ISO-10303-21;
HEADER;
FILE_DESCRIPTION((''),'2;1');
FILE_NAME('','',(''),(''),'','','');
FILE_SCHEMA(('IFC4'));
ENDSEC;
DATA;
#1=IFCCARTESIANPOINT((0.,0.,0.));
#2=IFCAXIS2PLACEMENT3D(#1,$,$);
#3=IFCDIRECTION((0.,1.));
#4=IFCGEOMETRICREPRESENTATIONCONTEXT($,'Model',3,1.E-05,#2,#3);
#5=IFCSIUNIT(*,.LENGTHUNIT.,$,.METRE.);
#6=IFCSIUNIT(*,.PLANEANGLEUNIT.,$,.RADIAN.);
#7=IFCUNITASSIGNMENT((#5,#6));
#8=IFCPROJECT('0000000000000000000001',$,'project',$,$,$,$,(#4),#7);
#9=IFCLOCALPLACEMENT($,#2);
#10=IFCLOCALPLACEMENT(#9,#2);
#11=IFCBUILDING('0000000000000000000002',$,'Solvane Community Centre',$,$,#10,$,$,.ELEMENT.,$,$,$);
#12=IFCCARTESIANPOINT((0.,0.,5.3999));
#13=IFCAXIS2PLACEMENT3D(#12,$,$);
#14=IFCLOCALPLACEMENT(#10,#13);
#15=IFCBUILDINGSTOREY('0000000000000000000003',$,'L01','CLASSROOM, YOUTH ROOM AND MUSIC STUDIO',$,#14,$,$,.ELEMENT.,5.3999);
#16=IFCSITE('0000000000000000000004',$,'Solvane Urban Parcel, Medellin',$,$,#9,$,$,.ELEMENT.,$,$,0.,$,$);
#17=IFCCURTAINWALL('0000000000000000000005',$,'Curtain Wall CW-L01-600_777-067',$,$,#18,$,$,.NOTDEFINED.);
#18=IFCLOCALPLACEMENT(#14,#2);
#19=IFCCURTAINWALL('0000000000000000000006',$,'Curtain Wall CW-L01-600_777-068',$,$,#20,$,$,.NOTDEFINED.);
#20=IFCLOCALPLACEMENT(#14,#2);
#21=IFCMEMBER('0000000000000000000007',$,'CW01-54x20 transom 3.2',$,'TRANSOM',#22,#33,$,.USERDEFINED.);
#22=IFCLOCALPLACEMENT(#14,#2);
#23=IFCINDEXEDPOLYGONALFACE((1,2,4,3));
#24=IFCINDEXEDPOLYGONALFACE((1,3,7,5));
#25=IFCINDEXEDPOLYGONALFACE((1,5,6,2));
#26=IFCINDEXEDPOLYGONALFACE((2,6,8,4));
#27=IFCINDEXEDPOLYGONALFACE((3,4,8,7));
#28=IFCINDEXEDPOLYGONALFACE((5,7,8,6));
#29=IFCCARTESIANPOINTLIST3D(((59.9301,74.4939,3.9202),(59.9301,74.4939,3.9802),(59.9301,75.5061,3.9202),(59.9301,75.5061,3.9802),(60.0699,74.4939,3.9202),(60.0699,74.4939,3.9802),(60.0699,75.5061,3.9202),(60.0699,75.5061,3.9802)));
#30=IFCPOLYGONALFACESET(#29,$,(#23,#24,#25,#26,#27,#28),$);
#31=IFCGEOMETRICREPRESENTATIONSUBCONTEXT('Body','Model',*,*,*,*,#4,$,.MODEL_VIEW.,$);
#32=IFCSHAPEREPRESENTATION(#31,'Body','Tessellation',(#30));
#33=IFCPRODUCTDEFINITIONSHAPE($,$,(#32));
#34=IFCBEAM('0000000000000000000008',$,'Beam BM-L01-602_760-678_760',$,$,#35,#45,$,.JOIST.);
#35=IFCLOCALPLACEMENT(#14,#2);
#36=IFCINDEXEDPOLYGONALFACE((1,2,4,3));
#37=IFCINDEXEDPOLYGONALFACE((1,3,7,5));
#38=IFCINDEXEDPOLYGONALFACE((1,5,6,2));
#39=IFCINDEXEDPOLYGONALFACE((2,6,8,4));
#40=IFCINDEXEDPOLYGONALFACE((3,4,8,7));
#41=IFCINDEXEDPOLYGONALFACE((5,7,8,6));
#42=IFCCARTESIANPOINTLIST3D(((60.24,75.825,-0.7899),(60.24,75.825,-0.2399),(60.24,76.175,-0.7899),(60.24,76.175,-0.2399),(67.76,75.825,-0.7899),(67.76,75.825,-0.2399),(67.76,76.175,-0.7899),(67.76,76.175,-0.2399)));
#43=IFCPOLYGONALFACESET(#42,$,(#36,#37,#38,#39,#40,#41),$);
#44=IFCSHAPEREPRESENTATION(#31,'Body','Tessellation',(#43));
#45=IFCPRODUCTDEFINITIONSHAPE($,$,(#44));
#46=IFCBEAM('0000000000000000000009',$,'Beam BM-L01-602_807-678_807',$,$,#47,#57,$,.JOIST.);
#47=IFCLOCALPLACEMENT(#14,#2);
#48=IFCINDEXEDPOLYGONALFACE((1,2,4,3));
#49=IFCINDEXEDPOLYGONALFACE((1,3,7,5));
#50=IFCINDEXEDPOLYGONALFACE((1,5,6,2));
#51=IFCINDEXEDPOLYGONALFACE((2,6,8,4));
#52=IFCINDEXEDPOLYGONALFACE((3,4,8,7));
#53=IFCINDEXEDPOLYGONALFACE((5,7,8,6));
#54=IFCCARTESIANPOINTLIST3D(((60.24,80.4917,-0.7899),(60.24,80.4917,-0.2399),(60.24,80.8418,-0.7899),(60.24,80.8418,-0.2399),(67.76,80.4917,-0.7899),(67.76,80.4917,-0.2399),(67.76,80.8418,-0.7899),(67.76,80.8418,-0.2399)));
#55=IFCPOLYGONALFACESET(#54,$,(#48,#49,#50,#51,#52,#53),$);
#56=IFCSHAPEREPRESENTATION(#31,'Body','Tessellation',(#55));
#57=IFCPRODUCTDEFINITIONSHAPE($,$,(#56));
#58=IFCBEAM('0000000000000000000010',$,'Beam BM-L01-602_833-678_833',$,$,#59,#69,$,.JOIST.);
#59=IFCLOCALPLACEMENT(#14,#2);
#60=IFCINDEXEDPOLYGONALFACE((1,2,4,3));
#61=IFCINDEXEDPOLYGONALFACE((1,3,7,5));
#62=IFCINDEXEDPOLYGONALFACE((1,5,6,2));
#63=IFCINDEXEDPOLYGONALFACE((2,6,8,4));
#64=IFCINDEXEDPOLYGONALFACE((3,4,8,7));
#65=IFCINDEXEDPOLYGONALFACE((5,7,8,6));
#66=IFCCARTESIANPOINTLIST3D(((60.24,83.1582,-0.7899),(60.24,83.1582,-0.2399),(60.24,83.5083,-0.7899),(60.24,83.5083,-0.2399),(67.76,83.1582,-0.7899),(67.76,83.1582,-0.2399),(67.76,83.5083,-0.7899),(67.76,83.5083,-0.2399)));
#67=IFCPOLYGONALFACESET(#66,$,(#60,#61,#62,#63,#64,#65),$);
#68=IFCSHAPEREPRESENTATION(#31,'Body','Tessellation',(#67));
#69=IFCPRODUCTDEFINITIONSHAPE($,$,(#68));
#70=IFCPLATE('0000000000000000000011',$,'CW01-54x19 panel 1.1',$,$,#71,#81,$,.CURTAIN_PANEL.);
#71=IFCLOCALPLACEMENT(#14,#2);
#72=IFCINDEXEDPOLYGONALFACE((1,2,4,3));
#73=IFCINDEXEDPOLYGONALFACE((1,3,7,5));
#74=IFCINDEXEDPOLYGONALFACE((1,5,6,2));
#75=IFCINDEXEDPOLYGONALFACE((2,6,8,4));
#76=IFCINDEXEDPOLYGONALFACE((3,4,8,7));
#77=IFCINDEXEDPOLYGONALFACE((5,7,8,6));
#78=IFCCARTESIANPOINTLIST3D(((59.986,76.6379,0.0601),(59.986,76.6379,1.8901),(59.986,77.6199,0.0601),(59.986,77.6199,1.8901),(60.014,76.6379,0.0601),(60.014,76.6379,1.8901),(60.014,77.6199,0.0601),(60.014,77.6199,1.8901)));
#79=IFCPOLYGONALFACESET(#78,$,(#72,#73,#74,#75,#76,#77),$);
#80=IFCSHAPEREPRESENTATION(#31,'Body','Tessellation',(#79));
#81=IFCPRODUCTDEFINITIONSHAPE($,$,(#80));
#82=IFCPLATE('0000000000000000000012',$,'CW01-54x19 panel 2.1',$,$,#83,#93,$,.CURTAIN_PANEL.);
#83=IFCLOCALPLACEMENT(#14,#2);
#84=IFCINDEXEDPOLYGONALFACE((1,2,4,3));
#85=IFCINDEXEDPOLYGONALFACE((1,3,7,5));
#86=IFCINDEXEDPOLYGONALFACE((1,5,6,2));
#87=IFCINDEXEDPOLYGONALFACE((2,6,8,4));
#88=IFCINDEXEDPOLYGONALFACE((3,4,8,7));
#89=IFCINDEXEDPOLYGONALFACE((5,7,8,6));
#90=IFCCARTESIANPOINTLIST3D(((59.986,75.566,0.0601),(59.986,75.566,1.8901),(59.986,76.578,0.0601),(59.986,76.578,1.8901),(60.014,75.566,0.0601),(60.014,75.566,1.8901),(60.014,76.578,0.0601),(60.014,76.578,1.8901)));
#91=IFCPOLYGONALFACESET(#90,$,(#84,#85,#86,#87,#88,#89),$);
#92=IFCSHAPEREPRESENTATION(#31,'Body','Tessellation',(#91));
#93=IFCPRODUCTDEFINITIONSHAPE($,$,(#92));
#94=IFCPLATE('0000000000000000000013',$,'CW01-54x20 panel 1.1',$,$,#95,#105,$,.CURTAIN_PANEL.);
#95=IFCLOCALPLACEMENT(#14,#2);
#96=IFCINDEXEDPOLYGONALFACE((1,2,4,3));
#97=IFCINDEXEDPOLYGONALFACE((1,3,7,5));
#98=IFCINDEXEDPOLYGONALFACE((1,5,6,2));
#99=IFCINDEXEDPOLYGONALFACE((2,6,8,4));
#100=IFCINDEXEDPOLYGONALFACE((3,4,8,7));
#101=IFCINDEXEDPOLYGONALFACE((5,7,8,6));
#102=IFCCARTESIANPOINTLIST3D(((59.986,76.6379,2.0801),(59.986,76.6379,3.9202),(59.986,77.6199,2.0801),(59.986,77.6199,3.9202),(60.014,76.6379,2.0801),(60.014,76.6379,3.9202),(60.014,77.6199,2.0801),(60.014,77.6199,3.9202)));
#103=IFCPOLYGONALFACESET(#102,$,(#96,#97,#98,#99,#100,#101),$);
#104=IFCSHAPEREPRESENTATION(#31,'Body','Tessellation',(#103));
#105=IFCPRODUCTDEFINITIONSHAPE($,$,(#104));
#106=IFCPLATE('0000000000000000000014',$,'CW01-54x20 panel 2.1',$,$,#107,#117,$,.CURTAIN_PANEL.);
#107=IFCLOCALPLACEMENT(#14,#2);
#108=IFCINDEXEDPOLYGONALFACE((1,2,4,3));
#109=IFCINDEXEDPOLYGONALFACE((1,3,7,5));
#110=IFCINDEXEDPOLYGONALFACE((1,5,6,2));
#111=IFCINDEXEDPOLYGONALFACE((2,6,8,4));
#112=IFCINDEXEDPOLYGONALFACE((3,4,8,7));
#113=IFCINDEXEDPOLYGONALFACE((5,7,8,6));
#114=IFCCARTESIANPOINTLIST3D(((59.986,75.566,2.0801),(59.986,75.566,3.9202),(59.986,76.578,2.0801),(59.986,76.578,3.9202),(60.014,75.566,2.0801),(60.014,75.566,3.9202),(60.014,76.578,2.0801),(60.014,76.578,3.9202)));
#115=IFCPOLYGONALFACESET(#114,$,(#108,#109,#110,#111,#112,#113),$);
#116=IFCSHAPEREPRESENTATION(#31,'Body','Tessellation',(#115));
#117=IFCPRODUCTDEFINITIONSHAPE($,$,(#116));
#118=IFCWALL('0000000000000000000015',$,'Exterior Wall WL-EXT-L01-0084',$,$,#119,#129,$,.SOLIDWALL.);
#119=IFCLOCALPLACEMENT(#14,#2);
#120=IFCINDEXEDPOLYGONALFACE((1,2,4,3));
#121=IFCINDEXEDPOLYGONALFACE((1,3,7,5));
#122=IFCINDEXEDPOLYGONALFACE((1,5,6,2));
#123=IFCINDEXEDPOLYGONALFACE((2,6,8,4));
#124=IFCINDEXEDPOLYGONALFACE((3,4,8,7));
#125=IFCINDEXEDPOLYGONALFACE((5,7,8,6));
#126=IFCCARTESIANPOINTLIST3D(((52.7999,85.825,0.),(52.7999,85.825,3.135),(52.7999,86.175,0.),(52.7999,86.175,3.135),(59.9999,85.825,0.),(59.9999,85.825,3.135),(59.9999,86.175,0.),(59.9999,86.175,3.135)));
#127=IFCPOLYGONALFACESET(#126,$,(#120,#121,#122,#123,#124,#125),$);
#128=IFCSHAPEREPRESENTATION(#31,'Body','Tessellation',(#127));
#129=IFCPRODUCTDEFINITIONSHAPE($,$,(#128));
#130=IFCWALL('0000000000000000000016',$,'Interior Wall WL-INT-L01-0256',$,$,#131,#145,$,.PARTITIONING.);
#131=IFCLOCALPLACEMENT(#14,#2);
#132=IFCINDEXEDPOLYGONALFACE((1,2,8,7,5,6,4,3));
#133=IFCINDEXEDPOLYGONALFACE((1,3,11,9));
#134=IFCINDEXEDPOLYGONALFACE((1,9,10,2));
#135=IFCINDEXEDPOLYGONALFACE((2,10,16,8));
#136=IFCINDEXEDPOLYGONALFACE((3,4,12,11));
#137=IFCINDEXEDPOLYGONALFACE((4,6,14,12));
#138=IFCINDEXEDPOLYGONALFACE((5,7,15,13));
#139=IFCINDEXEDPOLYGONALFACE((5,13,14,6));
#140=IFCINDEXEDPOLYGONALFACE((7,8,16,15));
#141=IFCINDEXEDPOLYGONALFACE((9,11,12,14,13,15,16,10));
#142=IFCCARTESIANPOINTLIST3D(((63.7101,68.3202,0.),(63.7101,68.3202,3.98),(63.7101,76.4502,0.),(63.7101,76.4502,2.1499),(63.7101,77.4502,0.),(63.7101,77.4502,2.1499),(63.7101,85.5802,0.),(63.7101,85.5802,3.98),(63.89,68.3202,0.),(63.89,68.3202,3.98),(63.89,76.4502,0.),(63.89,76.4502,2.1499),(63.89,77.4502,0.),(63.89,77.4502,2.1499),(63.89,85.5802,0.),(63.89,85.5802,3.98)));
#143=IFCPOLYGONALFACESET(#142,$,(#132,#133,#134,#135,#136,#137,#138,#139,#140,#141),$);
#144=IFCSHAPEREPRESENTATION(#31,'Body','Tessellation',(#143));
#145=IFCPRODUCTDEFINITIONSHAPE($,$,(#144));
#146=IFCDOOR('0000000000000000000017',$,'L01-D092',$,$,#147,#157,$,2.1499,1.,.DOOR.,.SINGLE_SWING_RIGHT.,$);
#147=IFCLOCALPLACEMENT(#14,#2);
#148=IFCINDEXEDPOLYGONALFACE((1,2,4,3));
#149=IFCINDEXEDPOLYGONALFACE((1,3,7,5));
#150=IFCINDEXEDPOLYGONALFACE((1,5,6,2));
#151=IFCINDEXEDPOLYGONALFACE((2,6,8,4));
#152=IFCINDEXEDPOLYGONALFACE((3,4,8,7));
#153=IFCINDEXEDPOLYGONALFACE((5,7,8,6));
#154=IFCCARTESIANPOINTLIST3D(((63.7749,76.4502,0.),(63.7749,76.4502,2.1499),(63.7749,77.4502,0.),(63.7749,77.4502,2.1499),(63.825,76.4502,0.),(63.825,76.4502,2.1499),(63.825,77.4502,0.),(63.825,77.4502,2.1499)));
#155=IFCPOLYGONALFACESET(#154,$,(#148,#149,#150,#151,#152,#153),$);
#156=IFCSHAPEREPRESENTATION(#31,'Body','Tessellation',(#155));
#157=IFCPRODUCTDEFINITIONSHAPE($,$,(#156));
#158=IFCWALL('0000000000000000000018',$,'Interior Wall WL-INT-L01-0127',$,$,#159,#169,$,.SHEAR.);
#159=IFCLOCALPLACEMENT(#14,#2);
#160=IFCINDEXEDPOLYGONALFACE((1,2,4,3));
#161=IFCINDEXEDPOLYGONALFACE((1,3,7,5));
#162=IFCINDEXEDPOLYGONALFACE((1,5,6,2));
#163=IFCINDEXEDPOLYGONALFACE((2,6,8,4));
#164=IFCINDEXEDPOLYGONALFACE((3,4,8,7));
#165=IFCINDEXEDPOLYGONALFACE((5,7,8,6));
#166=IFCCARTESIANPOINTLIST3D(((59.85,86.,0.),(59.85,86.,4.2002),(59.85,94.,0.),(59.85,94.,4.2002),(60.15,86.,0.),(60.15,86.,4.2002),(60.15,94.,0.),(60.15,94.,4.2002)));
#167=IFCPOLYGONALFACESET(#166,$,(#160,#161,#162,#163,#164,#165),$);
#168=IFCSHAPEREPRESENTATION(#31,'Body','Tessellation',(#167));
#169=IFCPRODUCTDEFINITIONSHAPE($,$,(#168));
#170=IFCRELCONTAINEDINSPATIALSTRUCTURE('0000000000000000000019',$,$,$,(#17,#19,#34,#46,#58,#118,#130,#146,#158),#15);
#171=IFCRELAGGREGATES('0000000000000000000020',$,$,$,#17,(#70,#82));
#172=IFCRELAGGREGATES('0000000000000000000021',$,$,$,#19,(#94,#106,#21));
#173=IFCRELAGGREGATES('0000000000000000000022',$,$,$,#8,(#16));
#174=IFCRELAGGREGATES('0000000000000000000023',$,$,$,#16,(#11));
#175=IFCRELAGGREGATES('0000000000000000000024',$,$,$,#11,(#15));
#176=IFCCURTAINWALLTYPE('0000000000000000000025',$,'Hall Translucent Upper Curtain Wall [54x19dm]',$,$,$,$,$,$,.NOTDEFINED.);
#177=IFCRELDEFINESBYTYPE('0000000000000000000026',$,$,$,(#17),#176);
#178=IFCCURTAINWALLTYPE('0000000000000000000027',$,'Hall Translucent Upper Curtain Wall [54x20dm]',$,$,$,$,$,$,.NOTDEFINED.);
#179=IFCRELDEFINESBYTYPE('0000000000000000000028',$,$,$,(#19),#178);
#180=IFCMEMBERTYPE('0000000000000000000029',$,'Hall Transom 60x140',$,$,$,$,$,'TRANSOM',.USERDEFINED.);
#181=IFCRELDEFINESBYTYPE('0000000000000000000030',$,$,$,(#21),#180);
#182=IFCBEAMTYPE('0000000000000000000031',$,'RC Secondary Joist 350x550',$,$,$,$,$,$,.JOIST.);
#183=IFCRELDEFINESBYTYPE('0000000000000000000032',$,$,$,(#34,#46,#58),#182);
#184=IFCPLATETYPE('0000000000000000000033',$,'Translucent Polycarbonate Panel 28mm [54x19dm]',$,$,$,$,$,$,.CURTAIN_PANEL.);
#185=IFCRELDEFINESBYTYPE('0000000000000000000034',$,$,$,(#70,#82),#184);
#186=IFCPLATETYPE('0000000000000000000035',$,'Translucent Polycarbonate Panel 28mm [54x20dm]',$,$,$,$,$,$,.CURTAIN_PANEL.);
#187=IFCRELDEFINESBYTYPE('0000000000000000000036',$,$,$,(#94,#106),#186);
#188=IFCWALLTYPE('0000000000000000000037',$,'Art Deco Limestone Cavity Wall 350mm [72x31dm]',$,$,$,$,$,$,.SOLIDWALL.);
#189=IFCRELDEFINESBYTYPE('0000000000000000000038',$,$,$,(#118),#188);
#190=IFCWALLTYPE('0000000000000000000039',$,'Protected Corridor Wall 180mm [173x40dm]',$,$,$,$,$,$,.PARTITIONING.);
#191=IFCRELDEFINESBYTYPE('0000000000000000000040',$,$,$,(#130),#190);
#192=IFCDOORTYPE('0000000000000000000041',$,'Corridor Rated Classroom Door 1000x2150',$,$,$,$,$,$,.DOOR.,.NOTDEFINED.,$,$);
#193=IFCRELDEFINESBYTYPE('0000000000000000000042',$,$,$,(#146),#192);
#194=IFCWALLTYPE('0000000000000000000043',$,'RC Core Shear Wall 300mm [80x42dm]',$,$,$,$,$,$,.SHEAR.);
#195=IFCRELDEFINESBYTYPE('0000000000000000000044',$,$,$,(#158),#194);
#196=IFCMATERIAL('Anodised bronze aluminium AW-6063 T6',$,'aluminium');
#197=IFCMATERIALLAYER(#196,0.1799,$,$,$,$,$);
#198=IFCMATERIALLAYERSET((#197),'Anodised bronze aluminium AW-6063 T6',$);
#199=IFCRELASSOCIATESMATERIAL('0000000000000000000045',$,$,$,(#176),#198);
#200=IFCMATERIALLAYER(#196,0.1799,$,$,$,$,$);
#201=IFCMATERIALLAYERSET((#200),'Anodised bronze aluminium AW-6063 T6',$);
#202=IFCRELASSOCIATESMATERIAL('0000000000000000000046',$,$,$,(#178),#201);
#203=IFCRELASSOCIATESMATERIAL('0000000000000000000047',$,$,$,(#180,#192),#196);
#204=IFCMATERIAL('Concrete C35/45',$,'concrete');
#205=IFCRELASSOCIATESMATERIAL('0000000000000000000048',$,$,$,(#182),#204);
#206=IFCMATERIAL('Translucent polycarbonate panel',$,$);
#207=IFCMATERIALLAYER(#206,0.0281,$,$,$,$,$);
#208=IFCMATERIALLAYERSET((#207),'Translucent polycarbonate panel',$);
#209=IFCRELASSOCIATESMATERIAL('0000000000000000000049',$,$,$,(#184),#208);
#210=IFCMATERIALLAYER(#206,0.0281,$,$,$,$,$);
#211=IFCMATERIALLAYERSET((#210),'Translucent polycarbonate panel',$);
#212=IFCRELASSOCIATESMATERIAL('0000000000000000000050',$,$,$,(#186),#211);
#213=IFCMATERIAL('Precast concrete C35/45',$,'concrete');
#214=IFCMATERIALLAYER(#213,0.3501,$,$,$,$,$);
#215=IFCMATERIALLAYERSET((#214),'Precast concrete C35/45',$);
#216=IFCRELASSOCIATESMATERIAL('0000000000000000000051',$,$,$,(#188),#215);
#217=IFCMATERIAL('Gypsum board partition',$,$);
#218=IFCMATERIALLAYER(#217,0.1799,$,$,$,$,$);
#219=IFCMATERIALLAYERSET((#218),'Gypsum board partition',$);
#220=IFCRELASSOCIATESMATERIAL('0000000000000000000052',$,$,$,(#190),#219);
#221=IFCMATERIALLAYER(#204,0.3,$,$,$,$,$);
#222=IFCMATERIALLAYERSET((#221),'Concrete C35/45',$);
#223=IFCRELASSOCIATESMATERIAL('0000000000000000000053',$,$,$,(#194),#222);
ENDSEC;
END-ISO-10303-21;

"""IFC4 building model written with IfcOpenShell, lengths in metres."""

from ifc_helpers import new_model, si_unit, direction, frame, frame_2d, origin, origin_2d, place, context, subcontext, project, spatial, rectangle, extrude, material, layer, layer_set, material_profile, profile_set, type_object, element, fill, aggregate, save


model = new_model("IFC4")

# Units and contexts
model_context = context("Model", 3, precision=1e-05, world=origin(), true_north=direction((0.0, 1.0)))
body_context = subcontext(model_context, "Body", "Model", "MODEL_VIEW")
ifc_project = project(units=[si_unit("LENGTHUNIT", "METRE"), si_unit("PLANEANGLEUNIT", "RADIAN")], contexts=[model_context])

# Site, building, storey
site_placement = place(None, origin())
site = spatial("IfcSite", under=ifc_project, at=site_placement, Name="Solvane Urban Parcel, Medellin", CompositionType="ELEMENT", RefElevation=0.0)
building_placement = place(site_placement, origin())
building = spatial("IfcBuilding", under=site, at=building_placement, Name="Solvane Community Centre", CompositionType="ELEMENT")
storey_placement = place(building_placement, frame((0.0, 0.0, 5.3999)))
storey = spatial("IfcBuildingStorey", under=building, at=storey_placement, Name="L01", Description="CLASSROOM, YOUTH ROOM AND MUSIC STUDIO", CompositionType="ELEMENT", Elevation=5.3999)

# Curtain walls
ifc_material_1 = material(Name="Anodised bronze aluminium AW-6063 T6", Category="aluminium")
ifc_layer_1 = layer(ifc_material_1, 0.1799)
ifc_layer_set_1 = layer_set([ifc_layer_1], Name="Anodised bronze aluminium AW-6063 T6")
curtain_wall_type_1 = type_object("IfcCurtainWallType", Name="Hall Translucent Upper Curtain Wall [54x19dm]", PredefinedType="NOTDEFINED", material=ifc_layer_set_1)
curtain_wall_1_placement = place(storey_placement, origin())
curtain_wall_1 = element("IfcCurtainWall", 1, at=curtain_wall_1_placement, inside=storey, type_object=curtain_wall_type_1, Name="Curtain Wall CW-L01-600_777-067", PredefinedType="NOTDEFINED")
ifc_layer_2 = layer(ifc_material_1, 0.1799)
ifc_layer_set_2 = layer_set([ifc_layer_2], Name="Anodised bronze aluminium AW-6063 T6")
curtain_wall_type_2 = type_object("IfcCurtainWallType", Name="Hall Translucent Upper Curtain Wall [54x20dm]", PredefinedType="NOTDEFINED", material=ifc_layer_set_2)
curtain_wall_2_placement = place(storey_placement, origin())
curtain_wall_2 = element("IfcCurtainWall", 2, at=curtain_wall_2_placement, inside=storey, type_object=curtain_wall_type_2, Name="Curtain Wall CW-L01-600_777-068", PredefinedType="NOTDEFINED")

# Member
ifc_material_profile_1 = material_profile(ifc_material_1, rectangle(XDim=0.1399, YDim=0.0601, at=origin_2d()), Name="CW-T 60x140")
ifc_profile_set_1 = profile_set([ifc_material_profile_1], Name="Anodised bronze aluminium AW-6063 T6")
member_type_1 = type_object("IfcMemberType", Name="Hall Transom 60x140", ElementType="TRANSOM", PredefinedType="USERDEFINED", material=ifc_profile_set_1)
member_1_placement = place(storey_placement, frame((60.0, 75.5061, 3.9502), z_axis=(0.0, -1.0, 0.0), x_axis=(1.0, 0.0, 0.0)))
member_1 = element("IfcMember", 3, at=member_1_placement, type_object=member_type_1, Name="CW01-54x20 transom 3.2", ObjectType="TRANSOM", PredefinedType="USERDEFINED", context=body_context, shape_type="SweptSolid", body=[
    extrude(rectangle(XDim=0.1399, YDim=0.0601, at=origin_2d()), origin(), (0.0, 0.0, 1.0), 1.0122),
])

# Beams
ifc_material_2 = material(Name="Concrete C35/45", Category="concrete")
ifc_material_profile_2 = material_profile(ifc_material_2, rectangle(XDim=0.3501, YDim=0.55, at=origin_2d()), Name="RC 350x550")
ifc_profile_set_2 = profile_set([ifc_material_profile_2], Name="Concrete C35/45")
beam_type = type_object("IfcBeamType", Name="RC Secondary Joist 350x550", PredefinedType="JOIST", material=ifc_profile_set_2)
for number, where, z_axis, x_axis, name in (
    (4, (60.24, 76.0, -0.5149), (1.0, 0.0, 0.0), (0.0, 1.0, 0.0), "Beam BM-L01-602_760-678_760"),
    (5, (60.24, 80.6667, -0.5149), (1.0, 0.0, 0.0), (0.0, 1.0, 0.0), "Beam BM-L01-602_807-678_807"),
    (6, (60.24, 83.3333, -0.5149), (1.0, 0.0, 0.0), (0.0, 1.0, 0.0), "Beam BM-L01-602_833-678_833"),
):
    element("IfcBeam", number, at=place(storey_placement, frame(where, z_axis=z_axis, x_axis=x_axis)), inside=storey, type_object=beam_type, Name=name, PredefinedType="JOIST", context=body_context, shape_type="SweptSolid", body=[
        extrude(rectangle(XDim=0.3501, YDim=0.55, at=origin_2d()), origin(), (0.0, 0.0, 1.0), 7.52),
    ])

# Plates
ifc_material_3 = material(Name="Translucent polycarbonate panel")
ifc_layer_3 = layer(ifc_material_3, 0.0281)
ifc_layer_set_3 = layer_set([ifc_layer_3], Name="Translucent polycarbonate panel")
plate_type_1 = type_object("IfcPlateType", Name="Translucent Polycarbonate Panel 28mm [54x19dm]", PredefinedType="CURTAIN_PANEL", material=ifc_layer_set_3)
plate_1_placement = place(storey_placement, frame((60.0, 77.1289, 0.0601), z_axis=(0.0, 0.0, 1.0), x_axis=(0.0, -1.0, 0.0)))
plate_1 = element("IfcPlate", 7, at=plate_1_placement, type_object=plate_type_1, Name="CW01-54x19 panel 1.1", PredefinedType="CURTAIN_PANEL", context=body_context, shape_type="SweptSolid", body=[
    extrude(rectangle(XDim=0.9819, YDim=0.0281, at=origin_2d()), origin(), (0.0, 0.0, 1.0), 1.8301),
])
plate_2_placement = place(storey_placement, frame((60.0, 76.072, 0.0601), z_axis=(0.0, 0.0, 1.0), x_axis=(0.0, -1.0, 0.0)))
plate_2 = element("IfcPlate", 8, at=plate_2_placement, type_object=plate_type_1, Name="CW01-54x19 panel 2.1", PredefinedType="CURTAIN_PANEL", context=body_context, shape_type="SweptSolid", body=[
    extrude(rectangle(XDim=1.012, YDim=0.0281, at=origin_2d()), origin(), (0.0, 0.0, 1.0), 1.8301),
])
aggregate(curtain_wall_1, [plate_1, plate_2])
ifc_layer_4 = layer(ifc_material_3, 0.0281)
ifc_layer_set_4 = layer_set([ifc_layer_4], Name="Translucent polycarbonate panel")
plate_type_2 = type_object("IfcPlateType", Name="Translucent Polycarbonate Panel 28mm [54x20dm]", PredefinedType="CURTAIN_PANEL", material=ifc_layer_set_4)
plate_3_placement = place(storey_placement, frame((60.0, 77.1289, 2.0801), z_axis=(0.0, 0.0, 1.0), x_axis=(0.0, -1.0, 0.0)))
plate_3 = element("IfcPlate", 9, at=plate_3_placement, type_object=plate_type_2, Name="CW01-54x20 panel 1.1", PredefinedType="CURTAIN_PANEL", context=body_context, shape_type="SweptSolid", body=[
    extrude(rectangle(XDim=0.9819, YDim=0.0281, at=origin_2d()), origin(), (0.0, 0.0, 1.0), 1.8401),
])
plate_4_placement = place(storey_placement, frame((60.0, 76.072, 2.0801), z_axis=(0.0, 0.0, 1.0), x_axis=(0.0, -1.0, 0.0)))
plate_4 = element("IfcPlate", 10, at=plate_4_placement, type_object=plate_type_2, Name="CW01-54x20 panel 2.1", PredefinedType="CURTAIN_PANEL", context=body_context, shape_type="SweptSolid", body=[
    extrude(rectangle(XDim=1.012, YDim=0.0281, at=origin_2d()), origin(), (0.0, 0.0, 1.0), 1.8401),
])
aggregate(curtain_wall_2, [plate_3, plate_4, member_1])

# Wall
ifc_material_4 = material(Name="Precast concrete C35/45", Category="concrete")
ifc_layer_5 = layer(ifc_material_4, 0.3501)
ifc_layer_set_5 = layer_set([ifc_layer_5], Name="Precast concrete C35/45")
wall_type_1 = type_object("IfcWallType", Name="Art Deco Limestone Cavity Wall 350mm [72x31dm]", PredefinedType="SOLIDWALL", material=ifc_layer_set_5)
wall_1_placement = place(storey_placement, frame((60.0, 86.0, 0.0), z_axis=(0.0, 0.0, 1.0), x_axis=(-1.0, 0.0, 0.0)))
element("IfcWall", 11, at=wall_1_placement, inside=storey, type_object=wall_type_1, Name="Exterior Wall WL-EXT-L01-0084", PredefinedType="SOLIDWALL", context=body_context, shape_type="SweptSolid", body=[
    extrude(rectangle(XDim=7.2, YDim=0.3501, at=frame_2d((3.6001, 0.0))), origin(), (0.0, 0.0, 1.0), 3.135),
])

# Wall, opening, door
ifc_material_5 = material(Name="Gypsum board partition")
ifc_layer_6 = layer(ifc_material_5, 0.1799)
ifc_layer_set_6 = layer_set([ifc_layer_6], Name="Gypsum board partition")
wall_type_2 = type_object("IfcWallType", Name="Protected Corridor Wall 180mm [173x40dm]", PredefinedType="PARTITIONING", material=ifc_layer_set_6)
wall_2_placement = place(storey_placement, frame((63.8, 85.5801, 0.0), z_axis=(0.0, 0.0, 1.0), x_axis=(0.0, -1.0, 0.0)))
wall_2 = element("IfcWall", 12, at=wall_2_placement, inside=storey, type_object=wall_type_2, Name="Interior Wall WL-INT-L01-0256", PredefinedType="PARTITIONING", context=body_context, shape_type="SweptSolid", body=[
    extrude(rectangle(XDim=17.26, YDim=0.1799, at=frame_2d((8.6299, 0.0))), origin(), (0.0, 0.0, 1.0), 3.98),
])
opening_placement = place(wall_2_placement, frame((8.1299, 0.0, 0.0)))
opening = element("IfcOpeningElement", 13, at=opening_placement, cuts=wall_2, PredefinedType="OPENING", context=body_context, shape_type="SweptSolid", body=[
    extrude(rectangle(XDim=1.0, YDim=2.1499, at=frame_2d((0.5, 1.075))), frame((0.0, 0.0999, 0.0), z_axis=(0.0, -1.0, 0.0), x_axis=(1.0, 0.0, 0.0)), (0.0, 0.0, 1.0), 0.2),
])
door_type = type_object("IfcDoorType", Name="Corridor Rated Classroom Door 1000x2150", OperationType="NOTDEFINED", PredefinedType="DOOR", material=ifc_material_1)
door_placement = place(opening_placement, origin())
door = element("IfcDoor", 14, at=door_placement, inside=storey, type_object=door_type, Name="L01-D092", OperationType="SINGLE_SWING_RIGHT", OverallHeight=2.1499, OverallWidth=1.0, PredefinedType="DOOR", context=body_context, shape_type="SweptSolid", body=[
    extrude(rectangle(XDim=1.0, YDim=2.1499, at=frame_2d((0.5, 1.075))), frame((0.0, 0.0249, 0.0), z_axis=(0.0, -1.0, 0.0), x_axis=(1.0, 0.0, 0.0)), (0.0, 0.0, 1.0), 0.05),
])
fill(opening, door)

# Wall
ifc_layer_7 = layer(ifc_material_2, 0.3)
ifc_layer_set_7 = layer_set([ifc_layer_7], Name="Concrete C35/45")
wall_type_3 = type_object("IfcWallType", Name="RC Core Shear Wall 300mm [80x42dm]", PredefinedType="SHEAR", material=ifc_layer_set_7)
wall_3_placement = place(storey_placement, frame((60.0, 86.0, 0.0), z_axis=(0.0, 0.0, 1.0), x_axis=(0.0, 1.0, 0.0)))
element("IfcWall", 15, at=wall_3_placement, inside=storey, type_object=wall_type_3, Name="Interior Wall WL-INT-L01-0127", PredefinedType="SHEAR", context=body_context, shape_type="SweptSolid", body=[
    extrude(rectangle(XDim=8.0, YDim=0.3, at=frame_2d((4.0, 0.0))), origin(), (0.0, 0.0, 1.0), 4.2002),
])

save(model, "model.ifc")
